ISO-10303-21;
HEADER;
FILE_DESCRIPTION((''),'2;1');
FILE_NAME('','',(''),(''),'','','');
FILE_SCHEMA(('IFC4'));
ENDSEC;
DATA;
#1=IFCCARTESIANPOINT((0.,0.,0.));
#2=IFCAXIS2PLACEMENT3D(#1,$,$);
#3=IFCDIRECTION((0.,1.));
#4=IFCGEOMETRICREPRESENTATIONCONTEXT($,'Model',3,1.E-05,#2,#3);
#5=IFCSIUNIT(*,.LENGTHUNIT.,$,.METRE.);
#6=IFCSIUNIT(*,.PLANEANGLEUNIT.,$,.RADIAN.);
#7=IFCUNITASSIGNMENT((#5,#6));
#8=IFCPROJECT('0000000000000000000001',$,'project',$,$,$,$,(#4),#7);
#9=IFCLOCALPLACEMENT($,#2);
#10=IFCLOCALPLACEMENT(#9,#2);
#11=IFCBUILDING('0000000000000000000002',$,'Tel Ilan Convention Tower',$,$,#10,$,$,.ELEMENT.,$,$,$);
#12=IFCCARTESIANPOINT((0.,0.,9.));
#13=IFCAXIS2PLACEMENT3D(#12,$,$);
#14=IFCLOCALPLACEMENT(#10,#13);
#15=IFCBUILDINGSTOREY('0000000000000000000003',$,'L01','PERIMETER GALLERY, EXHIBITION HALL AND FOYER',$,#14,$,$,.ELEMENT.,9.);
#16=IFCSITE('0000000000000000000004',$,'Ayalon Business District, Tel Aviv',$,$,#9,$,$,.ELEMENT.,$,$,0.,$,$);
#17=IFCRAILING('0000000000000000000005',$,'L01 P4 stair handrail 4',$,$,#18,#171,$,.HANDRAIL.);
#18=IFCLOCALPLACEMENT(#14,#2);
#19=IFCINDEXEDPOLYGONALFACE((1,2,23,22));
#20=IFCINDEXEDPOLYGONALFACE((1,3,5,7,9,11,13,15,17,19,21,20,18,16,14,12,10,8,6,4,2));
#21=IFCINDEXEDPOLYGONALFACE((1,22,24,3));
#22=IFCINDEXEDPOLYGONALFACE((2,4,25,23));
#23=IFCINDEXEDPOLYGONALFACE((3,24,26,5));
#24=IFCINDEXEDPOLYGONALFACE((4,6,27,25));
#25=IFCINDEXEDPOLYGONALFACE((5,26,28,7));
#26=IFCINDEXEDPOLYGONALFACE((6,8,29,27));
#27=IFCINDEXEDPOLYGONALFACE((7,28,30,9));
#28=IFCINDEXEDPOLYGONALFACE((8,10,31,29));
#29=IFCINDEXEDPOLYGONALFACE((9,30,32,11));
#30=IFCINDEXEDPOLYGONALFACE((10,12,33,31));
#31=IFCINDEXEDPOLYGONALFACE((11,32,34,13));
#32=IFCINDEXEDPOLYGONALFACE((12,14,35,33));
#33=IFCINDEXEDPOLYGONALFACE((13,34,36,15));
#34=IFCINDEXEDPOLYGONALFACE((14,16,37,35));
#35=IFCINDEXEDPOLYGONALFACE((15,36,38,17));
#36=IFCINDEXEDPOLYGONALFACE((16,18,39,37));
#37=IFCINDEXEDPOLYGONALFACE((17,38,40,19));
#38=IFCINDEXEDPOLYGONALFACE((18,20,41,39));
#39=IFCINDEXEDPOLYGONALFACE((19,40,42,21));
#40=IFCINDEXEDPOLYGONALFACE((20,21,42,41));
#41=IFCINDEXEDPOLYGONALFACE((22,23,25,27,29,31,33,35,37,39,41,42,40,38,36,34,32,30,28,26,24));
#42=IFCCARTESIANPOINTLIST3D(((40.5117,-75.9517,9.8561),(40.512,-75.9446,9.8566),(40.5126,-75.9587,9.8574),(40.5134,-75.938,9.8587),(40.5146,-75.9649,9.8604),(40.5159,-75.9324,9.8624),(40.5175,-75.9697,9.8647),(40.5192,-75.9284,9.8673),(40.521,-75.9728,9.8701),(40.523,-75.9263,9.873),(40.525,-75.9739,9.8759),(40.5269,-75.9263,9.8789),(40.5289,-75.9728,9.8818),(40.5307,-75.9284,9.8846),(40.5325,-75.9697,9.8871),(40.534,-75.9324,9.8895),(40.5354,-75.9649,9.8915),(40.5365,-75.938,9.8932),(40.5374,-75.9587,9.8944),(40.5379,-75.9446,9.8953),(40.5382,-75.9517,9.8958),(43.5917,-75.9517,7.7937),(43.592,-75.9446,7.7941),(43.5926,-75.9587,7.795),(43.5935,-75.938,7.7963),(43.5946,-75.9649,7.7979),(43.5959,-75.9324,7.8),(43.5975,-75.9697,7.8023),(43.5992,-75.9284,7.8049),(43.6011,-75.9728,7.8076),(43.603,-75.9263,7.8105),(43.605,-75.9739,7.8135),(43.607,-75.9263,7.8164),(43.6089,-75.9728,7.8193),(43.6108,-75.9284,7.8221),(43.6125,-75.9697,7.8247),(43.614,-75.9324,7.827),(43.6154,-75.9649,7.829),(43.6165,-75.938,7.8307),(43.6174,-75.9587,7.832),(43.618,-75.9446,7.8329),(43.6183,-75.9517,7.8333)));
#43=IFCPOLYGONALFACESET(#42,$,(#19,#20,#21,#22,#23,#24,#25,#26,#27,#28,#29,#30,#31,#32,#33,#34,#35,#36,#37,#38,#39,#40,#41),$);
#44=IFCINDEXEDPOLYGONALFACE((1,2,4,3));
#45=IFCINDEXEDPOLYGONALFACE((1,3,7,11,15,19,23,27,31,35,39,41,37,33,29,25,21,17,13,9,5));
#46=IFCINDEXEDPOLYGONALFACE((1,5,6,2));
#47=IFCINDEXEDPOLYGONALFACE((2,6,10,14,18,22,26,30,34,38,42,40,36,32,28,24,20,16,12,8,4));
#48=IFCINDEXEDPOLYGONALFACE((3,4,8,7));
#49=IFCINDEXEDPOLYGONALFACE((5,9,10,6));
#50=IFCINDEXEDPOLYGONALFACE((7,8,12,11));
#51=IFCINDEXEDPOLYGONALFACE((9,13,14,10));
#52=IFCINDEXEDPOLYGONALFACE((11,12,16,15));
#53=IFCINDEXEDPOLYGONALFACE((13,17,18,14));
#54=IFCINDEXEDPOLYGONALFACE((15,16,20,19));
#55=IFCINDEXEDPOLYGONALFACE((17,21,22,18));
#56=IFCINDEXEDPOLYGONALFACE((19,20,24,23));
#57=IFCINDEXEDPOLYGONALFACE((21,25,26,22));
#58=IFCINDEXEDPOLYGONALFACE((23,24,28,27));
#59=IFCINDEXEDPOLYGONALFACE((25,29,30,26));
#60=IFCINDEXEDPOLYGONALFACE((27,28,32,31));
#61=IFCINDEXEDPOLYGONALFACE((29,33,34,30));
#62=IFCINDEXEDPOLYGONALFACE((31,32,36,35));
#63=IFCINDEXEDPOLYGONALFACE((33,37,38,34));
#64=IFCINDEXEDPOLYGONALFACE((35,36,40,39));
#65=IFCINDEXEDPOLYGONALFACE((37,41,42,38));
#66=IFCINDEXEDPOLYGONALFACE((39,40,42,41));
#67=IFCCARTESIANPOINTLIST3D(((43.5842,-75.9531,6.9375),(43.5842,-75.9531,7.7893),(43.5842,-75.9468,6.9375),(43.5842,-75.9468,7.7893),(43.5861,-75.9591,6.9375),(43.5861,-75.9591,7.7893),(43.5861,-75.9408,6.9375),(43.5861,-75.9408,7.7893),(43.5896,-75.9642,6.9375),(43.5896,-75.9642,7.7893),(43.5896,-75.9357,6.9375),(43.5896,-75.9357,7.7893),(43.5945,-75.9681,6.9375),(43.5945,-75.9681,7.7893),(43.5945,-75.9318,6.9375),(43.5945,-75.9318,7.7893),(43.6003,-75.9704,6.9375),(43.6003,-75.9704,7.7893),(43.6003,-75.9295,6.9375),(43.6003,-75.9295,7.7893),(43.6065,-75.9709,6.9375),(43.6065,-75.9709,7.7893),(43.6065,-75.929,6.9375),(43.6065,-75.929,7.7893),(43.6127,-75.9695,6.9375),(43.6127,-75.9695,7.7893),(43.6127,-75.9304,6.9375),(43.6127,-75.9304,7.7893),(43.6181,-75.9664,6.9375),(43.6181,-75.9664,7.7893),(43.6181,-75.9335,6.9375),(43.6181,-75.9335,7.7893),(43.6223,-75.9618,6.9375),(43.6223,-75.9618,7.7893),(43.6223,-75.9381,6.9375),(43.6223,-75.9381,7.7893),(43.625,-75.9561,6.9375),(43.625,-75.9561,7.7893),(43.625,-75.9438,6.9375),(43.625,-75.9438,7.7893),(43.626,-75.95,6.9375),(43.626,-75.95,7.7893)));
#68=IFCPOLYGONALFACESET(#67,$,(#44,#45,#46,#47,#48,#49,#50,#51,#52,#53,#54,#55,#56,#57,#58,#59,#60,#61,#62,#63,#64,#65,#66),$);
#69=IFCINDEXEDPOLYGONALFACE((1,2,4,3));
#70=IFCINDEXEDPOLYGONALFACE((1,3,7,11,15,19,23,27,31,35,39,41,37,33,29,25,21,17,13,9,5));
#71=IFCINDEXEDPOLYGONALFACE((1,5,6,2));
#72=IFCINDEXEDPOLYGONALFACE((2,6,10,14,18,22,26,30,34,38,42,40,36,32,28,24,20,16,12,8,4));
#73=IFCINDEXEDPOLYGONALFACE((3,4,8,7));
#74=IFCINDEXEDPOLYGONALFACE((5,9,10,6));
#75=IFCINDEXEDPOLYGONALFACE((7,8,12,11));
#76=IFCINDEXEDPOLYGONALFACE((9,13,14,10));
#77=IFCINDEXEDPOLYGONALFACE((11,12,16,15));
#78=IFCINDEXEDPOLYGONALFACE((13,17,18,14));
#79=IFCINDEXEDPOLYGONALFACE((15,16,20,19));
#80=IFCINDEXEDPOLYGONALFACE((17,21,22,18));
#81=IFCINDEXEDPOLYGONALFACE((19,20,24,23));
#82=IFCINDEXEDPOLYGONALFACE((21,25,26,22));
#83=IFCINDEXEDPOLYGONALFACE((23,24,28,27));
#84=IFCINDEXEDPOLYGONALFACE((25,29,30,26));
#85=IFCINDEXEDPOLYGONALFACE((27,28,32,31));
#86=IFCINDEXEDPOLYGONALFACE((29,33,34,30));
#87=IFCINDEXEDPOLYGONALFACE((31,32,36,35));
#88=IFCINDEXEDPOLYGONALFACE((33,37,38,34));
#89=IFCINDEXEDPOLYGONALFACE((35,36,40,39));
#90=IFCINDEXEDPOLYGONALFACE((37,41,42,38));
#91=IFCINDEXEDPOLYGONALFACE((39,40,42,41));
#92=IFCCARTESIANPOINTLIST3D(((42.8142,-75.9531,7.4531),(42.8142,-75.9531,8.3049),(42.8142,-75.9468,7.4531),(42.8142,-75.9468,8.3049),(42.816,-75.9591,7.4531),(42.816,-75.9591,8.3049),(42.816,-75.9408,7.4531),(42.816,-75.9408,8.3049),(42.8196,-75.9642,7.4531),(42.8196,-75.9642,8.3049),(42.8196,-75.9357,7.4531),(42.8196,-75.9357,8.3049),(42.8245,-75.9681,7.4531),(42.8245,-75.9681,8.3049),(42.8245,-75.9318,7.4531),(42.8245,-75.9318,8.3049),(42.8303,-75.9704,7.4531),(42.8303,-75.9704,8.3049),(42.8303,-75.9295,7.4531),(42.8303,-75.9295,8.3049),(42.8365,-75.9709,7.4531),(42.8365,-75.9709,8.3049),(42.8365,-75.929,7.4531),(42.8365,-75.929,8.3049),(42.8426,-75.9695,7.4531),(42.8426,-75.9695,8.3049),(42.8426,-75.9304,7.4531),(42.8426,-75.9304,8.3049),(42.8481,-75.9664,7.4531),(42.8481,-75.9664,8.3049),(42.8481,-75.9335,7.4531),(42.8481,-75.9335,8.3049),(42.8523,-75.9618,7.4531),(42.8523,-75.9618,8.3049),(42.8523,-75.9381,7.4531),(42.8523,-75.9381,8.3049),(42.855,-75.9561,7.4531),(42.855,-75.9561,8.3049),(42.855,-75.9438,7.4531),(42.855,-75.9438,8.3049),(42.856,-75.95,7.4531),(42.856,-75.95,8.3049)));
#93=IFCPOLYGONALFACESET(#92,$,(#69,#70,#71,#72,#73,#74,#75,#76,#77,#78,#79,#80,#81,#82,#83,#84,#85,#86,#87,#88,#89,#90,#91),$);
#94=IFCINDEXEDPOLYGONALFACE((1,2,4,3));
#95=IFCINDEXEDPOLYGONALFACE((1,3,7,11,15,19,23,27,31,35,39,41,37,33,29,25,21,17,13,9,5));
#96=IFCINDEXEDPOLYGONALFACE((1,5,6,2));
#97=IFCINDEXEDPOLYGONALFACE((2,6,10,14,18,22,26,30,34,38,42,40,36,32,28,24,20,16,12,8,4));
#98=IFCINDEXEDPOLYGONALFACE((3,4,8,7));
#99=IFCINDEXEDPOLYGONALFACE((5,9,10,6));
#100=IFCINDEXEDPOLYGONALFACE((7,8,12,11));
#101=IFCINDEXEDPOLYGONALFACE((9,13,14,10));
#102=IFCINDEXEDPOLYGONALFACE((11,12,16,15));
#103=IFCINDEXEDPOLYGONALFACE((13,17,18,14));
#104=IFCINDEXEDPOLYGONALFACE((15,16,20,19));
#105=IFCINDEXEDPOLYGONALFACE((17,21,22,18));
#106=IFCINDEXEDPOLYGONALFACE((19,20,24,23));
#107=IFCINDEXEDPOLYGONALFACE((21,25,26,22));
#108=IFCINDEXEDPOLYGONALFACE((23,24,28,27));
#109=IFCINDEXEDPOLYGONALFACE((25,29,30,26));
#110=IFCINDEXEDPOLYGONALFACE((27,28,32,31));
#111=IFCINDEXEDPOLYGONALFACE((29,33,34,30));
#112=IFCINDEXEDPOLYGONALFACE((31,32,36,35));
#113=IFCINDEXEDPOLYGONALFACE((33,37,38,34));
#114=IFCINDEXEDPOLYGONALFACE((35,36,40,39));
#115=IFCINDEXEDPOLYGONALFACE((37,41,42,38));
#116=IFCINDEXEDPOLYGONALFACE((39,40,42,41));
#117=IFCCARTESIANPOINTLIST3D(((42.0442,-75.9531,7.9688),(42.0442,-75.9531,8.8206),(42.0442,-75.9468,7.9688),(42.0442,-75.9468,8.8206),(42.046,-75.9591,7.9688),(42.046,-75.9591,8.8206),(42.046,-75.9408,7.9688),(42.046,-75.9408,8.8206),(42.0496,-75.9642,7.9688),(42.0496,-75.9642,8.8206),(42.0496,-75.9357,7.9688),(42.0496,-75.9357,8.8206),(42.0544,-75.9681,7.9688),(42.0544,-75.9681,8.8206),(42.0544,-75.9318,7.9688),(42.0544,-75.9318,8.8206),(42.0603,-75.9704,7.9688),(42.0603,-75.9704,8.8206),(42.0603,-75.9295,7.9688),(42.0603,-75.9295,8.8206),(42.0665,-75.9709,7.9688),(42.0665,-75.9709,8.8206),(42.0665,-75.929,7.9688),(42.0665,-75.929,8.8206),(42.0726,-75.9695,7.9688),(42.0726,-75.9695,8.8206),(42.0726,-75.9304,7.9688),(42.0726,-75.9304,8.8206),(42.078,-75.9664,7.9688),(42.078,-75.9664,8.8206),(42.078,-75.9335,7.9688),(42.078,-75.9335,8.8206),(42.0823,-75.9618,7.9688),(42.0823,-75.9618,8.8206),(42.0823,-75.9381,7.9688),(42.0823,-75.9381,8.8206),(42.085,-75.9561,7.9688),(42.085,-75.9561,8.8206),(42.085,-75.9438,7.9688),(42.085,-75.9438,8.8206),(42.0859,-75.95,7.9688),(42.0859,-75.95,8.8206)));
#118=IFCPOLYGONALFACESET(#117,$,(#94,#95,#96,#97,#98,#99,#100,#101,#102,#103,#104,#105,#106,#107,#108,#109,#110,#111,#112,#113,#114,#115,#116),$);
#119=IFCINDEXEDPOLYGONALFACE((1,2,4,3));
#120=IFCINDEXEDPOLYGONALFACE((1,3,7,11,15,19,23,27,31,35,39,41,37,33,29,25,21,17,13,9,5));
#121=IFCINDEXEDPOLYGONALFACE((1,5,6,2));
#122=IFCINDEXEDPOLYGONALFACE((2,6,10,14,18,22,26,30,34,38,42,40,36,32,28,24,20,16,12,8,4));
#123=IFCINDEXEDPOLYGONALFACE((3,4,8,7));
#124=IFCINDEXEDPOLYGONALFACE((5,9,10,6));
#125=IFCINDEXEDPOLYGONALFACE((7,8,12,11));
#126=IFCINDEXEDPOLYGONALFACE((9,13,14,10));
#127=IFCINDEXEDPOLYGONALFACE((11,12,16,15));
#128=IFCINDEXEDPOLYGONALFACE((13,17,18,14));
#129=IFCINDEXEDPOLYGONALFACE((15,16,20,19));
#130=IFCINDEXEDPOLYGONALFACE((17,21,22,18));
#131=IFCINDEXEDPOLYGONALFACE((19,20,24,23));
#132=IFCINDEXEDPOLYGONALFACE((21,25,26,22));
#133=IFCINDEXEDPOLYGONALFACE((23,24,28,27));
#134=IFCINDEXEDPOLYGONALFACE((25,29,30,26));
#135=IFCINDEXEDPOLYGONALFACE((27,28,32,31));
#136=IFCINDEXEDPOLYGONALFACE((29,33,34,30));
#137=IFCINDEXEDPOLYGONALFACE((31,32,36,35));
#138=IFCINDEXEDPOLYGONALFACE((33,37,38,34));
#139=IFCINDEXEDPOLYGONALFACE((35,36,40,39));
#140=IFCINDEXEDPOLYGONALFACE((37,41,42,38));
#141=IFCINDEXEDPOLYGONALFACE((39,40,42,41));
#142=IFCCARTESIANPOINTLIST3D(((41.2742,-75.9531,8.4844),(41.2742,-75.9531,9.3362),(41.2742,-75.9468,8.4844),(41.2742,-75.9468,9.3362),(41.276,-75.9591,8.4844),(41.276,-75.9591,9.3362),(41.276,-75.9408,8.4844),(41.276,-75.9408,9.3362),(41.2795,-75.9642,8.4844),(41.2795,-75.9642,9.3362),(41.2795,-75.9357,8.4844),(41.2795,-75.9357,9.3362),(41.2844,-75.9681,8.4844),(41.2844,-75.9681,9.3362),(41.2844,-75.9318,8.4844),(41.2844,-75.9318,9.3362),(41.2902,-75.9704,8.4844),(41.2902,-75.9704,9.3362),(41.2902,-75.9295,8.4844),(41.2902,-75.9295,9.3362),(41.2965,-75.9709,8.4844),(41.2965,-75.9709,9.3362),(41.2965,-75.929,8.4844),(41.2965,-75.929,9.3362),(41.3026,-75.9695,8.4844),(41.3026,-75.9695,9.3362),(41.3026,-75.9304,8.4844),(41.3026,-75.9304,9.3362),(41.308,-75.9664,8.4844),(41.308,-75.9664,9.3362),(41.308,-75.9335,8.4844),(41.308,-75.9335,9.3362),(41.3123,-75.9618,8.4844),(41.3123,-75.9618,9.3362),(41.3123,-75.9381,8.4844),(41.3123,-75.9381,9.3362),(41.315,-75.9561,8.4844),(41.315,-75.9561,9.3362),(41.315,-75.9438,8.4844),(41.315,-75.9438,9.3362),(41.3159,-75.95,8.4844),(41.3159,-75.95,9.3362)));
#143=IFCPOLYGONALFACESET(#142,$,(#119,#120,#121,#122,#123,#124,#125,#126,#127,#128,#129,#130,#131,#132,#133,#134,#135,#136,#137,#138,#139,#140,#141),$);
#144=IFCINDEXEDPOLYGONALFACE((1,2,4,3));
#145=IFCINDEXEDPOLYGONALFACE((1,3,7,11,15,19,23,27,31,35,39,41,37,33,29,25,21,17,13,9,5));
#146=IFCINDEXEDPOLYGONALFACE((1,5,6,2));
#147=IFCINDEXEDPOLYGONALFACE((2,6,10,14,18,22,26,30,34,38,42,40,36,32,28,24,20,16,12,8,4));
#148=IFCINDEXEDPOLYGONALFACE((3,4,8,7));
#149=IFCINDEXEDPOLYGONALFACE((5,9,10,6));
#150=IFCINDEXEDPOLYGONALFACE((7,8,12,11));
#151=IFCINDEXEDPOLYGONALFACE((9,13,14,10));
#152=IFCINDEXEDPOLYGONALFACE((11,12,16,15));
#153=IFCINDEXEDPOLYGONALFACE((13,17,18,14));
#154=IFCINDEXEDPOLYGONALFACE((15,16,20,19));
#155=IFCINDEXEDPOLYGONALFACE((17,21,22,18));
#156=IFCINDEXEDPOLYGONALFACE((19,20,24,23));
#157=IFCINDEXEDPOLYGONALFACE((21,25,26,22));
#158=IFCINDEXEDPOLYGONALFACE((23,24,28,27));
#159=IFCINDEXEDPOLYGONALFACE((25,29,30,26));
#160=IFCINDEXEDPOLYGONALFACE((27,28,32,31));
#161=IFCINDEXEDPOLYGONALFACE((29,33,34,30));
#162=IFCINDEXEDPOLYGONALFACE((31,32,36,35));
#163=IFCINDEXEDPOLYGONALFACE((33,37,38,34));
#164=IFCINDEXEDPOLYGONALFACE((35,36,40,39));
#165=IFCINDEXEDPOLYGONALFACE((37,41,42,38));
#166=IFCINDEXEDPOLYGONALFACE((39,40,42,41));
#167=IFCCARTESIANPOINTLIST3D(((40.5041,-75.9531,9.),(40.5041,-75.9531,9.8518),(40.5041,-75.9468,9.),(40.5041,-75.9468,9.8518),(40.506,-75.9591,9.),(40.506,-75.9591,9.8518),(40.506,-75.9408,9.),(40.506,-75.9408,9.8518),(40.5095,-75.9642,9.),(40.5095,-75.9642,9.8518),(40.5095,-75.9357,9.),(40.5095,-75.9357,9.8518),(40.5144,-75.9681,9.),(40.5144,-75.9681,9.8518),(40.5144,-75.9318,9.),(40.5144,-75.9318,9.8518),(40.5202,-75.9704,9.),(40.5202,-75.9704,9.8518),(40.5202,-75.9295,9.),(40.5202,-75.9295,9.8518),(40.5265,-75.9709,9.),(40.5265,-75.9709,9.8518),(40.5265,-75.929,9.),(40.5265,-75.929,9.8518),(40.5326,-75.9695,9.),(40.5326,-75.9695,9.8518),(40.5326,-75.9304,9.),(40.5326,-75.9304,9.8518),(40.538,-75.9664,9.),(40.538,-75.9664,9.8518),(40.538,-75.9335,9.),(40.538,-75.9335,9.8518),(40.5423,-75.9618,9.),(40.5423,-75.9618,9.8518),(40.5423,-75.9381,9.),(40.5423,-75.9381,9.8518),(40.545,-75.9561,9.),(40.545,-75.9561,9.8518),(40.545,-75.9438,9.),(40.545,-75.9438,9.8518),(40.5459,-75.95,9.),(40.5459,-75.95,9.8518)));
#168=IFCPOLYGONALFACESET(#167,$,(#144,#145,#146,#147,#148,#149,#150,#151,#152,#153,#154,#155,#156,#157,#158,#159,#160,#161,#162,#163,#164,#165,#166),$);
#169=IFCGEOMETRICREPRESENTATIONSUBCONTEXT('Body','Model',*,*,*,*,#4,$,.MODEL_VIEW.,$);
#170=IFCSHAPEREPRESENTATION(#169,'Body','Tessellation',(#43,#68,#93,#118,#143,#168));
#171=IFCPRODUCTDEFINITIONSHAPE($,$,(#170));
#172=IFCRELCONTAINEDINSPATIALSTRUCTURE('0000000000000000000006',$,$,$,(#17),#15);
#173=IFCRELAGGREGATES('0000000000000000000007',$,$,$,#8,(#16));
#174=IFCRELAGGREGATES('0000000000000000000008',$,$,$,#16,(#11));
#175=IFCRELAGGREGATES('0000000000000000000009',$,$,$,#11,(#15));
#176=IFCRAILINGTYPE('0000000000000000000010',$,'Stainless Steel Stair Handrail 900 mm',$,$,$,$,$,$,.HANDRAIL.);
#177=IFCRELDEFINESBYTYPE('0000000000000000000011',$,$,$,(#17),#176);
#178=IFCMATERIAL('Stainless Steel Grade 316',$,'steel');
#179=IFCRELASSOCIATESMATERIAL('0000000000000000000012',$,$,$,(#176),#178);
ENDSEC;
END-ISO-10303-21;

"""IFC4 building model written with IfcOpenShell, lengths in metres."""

from ifc_helpers import new_model, si_unit, direction, frame, origin, origin_2d, place, context, subcontext, project, spatial, circle, extrude, material, type_object, element, save


model = new_model("IFC4")

# Units and contexts
model_context = context("Model", 3, precision=1e-05, world=origin(), true_north=direction((0.0, 1.0)))
body_context = subcontext(model_context, "Body", "Model", "MODEL_VIEW")
ifc_project = project(units=[si_unit("LENGTHUNIT", "METRE"), si_unit("PLANEANGLEUNIT", "RADIAN")], contexts=[model_context])

# Site, building, storey
site_placement = place(None, origin())
site = spatial("IfcSite", under=ifc_project, at=site_placement, Name="Ayalon Business District, Tel Aviv", CompositionType="ELEMENT", RefElevation=0.0)
building_placement = place(site_placement, origin())
building = spatial("IfcBuilding", under=site, at=building_placement, Name="Tel Ilan Convention Tower", CompositionType="ELEMENT")
storey_placement = place(building_placement, frame((0.0, 0.0, 9.0)))
storey = spatial("IfcBuildingStorey", under=building, at=storey_placement, Name="L01", Description="PERIMETER GALLERY, EXHIBITION HALL AND FOYER", CompositionType="ELEMENT", Elevation=9.0)

# Railing
ifc_material_1 = material(Name="Stainless Steel Grade 316", Category="steel")
railing_type_1 = type_object("IfcRailingType", Name="Stainless Steel Stair Handrail 900 mm", PredefinedType="HANDRAIL", material=ifc_material_1)
railing_1_placement = place(storey_placement, frame((43.605, -75.95, 6.9375)))
element("IfcRailing", 1, at=railing_1_placement, inside=storey, type_object=railing_type_1, Name="L01 P4 stair handrail 4", PredefinedType="HANDRAIL", context=body_context, shape_type="SweptSolid", body=[
    extrude(circle(Radius=0.0239, at=origin_2d()), frame((0.0, 0.0, 0.876), z_axis=(-0.830914, 0.0, 0.556401), x_axis=(0.0, -1.0, 0.0)), (0.0, 0.0, 1.0), 3.7068),
    extrude(circle(Radius=0.021, at=origin_2d()), origin(), (0.0, 0.0, 1.0), 0.8518),
    extrude(circle(Radius=0.021, at=origin_2d()), frame((-0.77, 0.0, 0.5156)), (0.0, 0.0, 1.0), 0.8518),
    extrude(circle(Radius=0.021, at=origin_2d()), frame((-1.54, 0.0, 1.0312)), (0.0, 0.0, 1.0), 0.8518),
    extrude(circle(Radius=0.021, at=origin_2d()), frame((-2.3101, 0.0, 1.5469)), (0.0, 0.0, 1.0), 0.8518),
    extrude(circle(Radius=0.021, at=origin_2d()), frame((-3.0801, 0.0, 2.0625)), (0.0, 0.0, 1.0), 0.8518),
])

save(model, "model.ifc")
